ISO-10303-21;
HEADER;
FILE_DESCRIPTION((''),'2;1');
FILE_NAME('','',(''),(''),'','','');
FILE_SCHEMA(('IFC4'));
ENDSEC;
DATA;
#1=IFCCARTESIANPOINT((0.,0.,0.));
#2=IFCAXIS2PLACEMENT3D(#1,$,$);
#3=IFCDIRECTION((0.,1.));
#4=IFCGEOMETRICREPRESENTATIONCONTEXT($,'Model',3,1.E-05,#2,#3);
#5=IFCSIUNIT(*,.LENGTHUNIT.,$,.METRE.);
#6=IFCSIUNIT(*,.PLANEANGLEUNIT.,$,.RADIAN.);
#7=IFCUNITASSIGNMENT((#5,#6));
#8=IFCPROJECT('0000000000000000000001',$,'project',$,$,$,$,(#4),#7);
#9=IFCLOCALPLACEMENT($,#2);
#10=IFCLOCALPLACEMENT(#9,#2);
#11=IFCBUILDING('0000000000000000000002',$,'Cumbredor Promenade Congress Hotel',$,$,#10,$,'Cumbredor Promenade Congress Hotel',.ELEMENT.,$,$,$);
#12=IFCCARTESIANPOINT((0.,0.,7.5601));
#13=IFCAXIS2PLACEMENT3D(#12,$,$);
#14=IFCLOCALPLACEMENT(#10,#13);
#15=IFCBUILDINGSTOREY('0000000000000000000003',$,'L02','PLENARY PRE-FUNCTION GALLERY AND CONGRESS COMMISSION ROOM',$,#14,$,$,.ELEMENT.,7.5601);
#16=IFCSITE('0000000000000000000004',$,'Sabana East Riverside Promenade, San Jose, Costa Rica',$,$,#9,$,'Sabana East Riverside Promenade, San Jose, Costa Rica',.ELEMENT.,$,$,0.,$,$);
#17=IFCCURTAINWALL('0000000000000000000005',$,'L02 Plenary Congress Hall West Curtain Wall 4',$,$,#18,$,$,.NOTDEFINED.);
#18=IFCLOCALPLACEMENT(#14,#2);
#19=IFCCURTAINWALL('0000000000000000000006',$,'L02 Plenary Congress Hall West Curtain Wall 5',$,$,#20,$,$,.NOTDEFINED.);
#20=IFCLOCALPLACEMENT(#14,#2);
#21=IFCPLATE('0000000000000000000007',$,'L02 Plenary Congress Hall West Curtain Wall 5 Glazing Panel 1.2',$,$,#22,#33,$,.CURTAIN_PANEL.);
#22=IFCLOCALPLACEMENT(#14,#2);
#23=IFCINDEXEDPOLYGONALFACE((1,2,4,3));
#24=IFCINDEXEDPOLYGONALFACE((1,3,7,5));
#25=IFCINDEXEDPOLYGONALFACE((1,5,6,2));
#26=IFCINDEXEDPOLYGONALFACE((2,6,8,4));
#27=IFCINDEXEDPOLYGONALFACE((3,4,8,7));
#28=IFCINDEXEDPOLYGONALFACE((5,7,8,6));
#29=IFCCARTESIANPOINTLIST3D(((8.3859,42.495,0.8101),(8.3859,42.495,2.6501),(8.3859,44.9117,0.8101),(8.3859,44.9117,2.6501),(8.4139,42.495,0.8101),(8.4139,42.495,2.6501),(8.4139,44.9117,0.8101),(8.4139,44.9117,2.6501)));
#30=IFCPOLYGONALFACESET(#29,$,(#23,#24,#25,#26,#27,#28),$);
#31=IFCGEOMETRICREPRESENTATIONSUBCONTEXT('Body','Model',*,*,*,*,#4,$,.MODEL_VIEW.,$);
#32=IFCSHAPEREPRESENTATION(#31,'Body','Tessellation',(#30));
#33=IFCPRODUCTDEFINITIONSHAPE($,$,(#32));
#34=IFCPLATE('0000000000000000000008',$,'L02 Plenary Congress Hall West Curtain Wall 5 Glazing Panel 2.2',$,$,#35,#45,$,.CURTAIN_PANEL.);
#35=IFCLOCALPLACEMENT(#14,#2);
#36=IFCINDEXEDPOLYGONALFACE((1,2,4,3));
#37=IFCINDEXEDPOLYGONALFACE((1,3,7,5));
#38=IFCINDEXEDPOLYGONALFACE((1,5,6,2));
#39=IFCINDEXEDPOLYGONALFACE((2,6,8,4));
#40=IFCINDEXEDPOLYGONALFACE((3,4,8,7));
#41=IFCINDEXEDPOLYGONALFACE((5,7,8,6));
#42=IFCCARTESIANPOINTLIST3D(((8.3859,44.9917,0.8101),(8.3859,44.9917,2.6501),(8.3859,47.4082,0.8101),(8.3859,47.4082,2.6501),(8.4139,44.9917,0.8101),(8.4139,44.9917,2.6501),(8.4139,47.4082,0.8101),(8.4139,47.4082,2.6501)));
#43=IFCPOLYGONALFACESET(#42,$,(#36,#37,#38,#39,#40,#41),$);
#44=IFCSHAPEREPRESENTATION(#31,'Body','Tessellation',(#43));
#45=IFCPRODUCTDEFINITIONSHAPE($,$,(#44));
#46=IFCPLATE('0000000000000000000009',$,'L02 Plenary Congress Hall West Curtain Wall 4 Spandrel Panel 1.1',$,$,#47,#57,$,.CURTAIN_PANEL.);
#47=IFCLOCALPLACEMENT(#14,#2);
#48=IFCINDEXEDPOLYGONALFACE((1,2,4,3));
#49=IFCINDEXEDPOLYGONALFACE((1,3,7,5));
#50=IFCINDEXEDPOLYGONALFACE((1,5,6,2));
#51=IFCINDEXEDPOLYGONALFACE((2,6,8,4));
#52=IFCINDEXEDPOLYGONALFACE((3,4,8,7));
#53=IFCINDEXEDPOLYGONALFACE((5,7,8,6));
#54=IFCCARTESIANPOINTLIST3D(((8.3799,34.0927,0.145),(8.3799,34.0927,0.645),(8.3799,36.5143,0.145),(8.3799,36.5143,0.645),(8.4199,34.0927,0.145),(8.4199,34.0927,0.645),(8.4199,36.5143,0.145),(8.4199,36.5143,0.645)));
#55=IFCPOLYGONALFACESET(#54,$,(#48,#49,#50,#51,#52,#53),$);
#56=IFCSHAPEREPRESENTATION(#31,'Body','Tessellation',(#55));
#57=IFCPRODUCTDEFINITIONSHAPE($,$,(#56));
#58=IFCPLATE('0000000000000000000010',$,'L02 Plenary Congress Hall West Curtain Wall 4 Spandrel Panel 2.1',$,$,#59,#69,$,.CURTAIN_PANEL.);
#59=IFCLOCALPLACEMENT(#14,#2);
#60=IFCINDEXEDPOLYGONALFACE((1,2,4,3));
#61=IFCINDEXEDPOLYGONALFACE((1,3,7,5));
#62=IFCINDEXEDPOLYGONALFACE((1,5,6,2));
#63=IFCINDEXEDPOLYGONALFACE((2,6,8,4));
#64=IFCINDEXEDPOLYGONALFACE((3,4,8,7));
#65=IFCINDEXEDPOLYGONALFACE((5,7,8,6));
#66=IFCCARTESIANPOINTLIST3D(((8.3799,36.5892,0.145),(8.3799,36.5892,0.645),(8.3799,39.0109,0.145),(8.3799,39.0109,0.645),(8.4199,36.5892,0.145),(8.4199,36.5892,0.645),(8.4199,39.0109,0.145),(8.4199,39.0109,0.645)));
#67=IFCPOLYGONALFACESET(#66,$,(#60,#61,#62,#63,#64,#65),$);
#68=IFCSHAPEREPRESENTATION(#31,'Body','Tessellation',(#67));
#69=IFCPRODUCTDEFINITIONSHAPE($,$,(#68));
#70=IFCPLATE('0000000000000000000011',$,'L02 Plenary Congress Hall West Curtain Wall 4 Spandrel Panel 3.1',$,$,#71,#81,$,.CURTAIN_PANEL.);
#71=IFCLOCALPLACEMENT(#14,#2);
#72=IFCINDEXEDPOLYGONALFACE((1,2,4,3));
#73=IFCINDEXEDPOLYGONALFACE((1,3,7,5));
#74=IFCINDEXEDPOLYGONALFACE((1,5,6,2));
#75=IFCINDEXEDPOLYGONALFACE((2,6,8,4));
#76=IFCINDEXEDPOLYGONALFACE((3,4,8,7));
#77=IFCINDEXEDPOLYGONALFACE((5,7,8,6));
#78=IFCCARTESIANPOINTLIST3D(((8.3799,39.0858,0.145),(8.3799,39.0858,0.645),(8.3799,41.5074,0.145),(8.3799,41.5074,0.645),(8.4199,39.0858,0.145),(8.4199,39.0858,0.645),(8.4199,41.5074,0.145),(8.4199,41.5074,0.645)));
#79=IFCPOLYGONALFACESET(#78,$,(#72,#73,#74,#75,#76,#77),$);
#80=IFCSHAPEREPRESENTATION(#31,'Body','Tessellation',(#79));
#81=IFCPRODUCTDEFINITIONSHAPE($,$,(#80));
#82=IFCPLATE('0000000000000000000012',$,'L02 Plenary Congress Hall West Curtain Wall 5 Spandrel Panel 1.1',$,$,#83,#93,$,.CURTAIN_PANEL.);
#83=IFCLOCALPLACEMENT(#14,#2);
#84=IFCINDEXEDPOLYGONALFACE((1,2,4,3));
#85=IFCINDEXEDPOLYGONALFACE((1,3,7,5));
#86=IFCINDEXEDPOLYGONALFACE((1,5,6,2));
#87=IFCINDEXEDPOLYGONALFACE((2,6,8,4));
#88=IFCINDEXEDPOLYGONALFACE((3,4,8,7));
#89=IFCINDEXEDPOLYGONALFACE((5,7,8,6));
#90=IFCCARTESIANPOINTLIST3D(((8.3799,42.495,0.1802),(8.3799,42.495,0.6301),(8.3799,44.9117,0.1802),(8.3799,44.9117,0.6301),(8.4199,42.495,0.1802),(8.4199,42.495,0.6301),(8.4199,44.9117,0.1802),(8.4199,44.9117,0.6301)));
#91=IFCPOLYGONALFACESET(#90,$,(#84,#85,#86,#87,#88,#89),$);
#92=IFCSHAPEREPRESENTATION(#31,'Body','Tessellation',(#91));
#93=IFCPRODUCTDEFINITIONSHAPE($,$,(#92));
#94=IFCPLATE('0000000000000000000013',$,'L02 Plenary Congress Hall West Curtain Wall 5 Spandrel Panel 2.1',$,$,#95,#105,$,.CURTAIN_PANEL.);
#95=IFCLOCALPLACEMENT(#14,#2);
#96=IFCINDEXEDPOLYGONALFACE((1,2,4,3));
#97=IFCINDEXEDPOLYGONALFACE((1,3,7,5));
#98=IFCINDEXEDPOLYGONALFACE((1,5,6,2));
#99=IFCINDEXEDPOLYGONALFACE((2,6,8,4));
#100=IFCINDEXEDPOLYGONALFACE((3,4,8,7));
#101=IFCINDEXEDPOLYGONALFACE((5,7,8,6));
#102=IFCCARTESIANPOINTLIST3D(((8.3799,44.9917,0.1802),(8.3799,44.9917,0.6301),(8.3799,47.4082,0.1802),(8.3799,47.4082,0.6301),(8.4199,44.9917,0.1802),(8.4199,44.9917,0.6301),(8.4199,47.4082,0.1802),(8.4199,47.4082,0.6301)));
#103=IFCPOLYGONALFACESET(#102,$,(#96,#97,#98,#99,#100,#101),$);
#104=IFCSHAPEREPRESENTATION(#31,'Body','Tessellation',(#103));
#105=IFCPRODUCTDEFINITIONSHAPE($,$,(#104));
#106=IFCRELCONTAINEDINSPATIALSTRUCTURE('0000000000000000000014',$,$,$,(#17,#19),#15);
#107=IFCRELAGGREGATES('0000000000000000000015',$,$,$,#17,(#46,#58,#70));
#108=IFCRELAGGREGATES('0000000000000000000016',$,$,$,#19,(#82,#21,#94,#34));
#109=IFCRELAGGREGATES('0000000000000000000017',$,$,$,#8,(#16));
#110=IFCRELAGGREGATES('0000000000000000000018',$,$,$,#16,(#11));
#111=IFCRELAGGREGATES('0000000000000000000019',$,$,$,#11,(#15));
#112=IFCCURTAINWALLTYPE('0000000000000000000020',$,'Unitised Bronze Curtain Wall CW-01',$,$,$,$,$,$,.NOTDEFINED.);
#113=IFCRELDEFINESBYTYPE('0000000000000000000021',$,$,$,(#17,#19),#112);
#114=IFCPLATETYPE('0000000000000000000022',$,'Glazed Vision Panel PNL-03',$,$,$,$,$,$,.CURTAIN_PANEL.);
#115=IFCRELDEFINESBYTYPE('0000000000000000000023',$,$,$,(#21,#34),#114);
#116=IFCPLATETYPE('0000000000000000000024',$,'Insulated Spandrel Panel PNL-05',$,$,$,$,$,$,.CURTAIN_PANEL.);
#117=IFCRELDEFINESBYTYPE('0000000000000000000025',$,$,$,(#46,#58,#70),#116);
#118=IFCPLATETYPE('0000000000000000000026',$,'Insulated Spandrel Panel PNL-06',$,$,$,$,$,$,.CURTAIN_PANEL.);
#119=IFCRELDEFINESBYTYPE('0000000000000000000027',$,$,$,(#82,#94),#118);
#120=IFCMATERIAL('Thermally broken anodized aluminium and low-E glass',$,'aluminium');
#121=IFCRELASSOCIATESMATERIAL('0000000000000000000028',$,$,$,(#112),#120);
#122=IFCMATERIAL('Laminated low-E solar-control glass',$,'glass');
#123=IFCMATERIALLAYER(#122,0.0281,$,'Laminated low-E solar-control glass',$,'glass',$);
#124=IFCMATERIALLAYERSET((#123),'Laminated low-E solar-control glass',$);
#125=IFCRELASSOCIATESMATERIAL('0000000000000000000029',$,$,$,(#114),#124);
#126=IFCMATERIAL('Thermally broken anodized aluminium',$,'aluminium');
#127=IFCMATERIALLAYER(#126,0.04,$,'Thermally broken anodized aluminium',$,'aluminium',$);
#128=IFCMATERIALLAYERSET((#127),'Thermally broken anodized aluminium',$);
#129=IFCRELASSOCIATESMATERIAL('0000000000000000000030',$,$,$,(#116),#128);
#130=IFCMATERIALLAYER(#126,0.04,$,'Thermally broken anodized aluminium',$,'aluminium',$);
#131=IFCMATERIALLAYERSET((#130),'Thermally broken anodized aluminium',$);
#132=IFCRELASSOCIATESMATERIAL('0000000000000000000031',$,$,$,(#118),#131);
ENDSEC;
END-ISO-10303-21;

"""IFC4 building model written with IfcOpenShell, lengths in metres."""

from ifc_helpers import new_model, si_unit, direction, frame, origin, origin_2d, place, context, subcontext, project, spatial, rectangle, extrude, material, layer, layer_set, type_object, element, aggregate, save


model = new_model("IFC4")

# Units and contexts
model_context = context("Model", 3, precision=1e-05, world=origin(), true_north=direction((0.0, 1.0)))
body_context = subcontext(model_context, "Body", "Model", "MODEL_VIEW")
ifc_project = project(units=[si_unit("LENGTHUNIT", "METRE"), si_unit("PLANEANGLEUNIT", "RADIAN")], contexts=[model_context])

# Site, building, storey
site_placement = place(None, origin())
site = spatial("IfcSite", under=ifc_project, at=site_placement, Name="Sabana East Riverside Promenade, San Jose, Costa Rica", LongName="Sabana East Riverside Promenade, San Jose, Costa Rica", CompositionType="ELEMENT", RefElevation=0.0)
building_placement = place(site_placement, origin())
building = spatial("IfcBuilding", under=site, at=building_placement, Name="Cumbredor Promenade Congress Hotel", LongName="Cumbredor Promenade Congress Hotel", CompositionType="ELEMENT")
storey_placement = place(building_placement, frame((0.0, 0.0, 7.5601)))
storey = spatial("IfcBuildingStorey", under=building, at=storey_placement, Name="L02", Description="PLENARY PRE-FUNCTION GALLERY AND CONGRESS COMMISSION ROOM", CompositionType="ELEMENT", Elevation=7.5601)

# Curtain walls
ifc_material_1 = material(Name="Thermally broken anodized aluminium and low-E glass", Category="aluminium")
curtain_wall_type = type_object("IfcCurtainWallType", Name="Unitised Bronze Curtain Wall CW-01", PredefinedType="NOTDEFINED", material=ifc_material_1)
curtain_wall_1_placement = place(storey_placement, origin())
curtain_wall_1 = element("IfcCurtainWall", 1, at=curtain_wall_1_placement, inside=storey, type_object=curtain_wall_type, Name="L02 Plenary Congress Hall West Curtain Wall 4", PredefinedType="NOTDEFINED")
ifc_material_2 = material(Name="Thermally broken anodized aluminium", Category="aluminium")
curtain_wall_2_placement = place(storey_placement, origin())
curtain_wall_2 = element("IfcCurtainWall", 2, at=curtain_wall_2_placement, inside=storey, type_object=curtain_wall_type, Name="L02 Plenary Congress Hall West Curtain Wall 5", PredefinedType="NOTDEFINED")

# Plates
ifc_material_3 = material(Name="Laminated low-E solar-control glass", Category="glass")
ifc_layer_1 = layer(ifc_material_3, 0.0281, Name="Laminated low-E solar-control glass", Category="glass")
ifc_layer_set_1 = layer_set([ifc_layer_1], Name="Laminated low-E solar-control glass")
plate_type_1 = type_object("IfcPlateType", Name="Glazed Vision Panel PNL-03", PredefinedType="CURTAIN_PANEL", material=ifc_layer_set_1)
plate_1_placement = place(storey_placement, frame((8.3999, 43.7034, 0.8101), z_axis=(0.0, 0.0, 1.0), x_axis=(0.0, 1.0, 0.0)))
plate_1 = element("IfcPlate", 3, at=plate_1_placement, type_object=plate_type_1, Name="L02 Plenary Congress Hall West Curtain Wall 5 Glazing Panel 1.2", PredefinedType="CURTAIN_PANEL", context=body_context, shape_type="SweptSolid", body=[
    extrude(rectangle(XDim=2.4167, YDim=0.0281, at=origin_2d()), origin(), (0.0, 0.0, 1.0), 1.8401),
])
plate_2_placement = place(storey_placement, frame((8.3999, 46.2, 0.8101), z_axis=(0.0, 0.0, 1.0), x_axis=(0.0, 1.0, 0.0)))
plate_2 = element("IfcPlate", 4, at=plate_2_placement, type_object=plate_type_1, Name="L02 Plenary Congress Hall West Curtain Wall 5 Glazing Panel 2.2", PredefinedType="CURTAIN_PANEL", context=body_context, shape_type="SweptSolid", body=[
    extrude(rectangle(XDim=2.4165, YDim=0.0281, at=origin_2d()), origin(), (0.0, 0.0, 1.0), 1.8401),
])
ifc_layer_2 = layer(ifc_material_2, 0.04, Name="Thermally broken anodized aluminium", Category="aluminium")
ifc_layer_set_2 = layer_set([ifc_layer_2], Name="Thermally broken anodized aluminium")
plate_type_2 = type_object("IfcPlateType", Name="Insulated Spandrel Panel PNL-05", PredefinedType="CURTAIN_PANEL", material=ifc_layer_set_2)
plate_3_placement = place(storey_placement, frame((8.3999, 35.3035, 0.145), z_axis=(0.0, 0.0, 1.0), x_axis=(0.0, 1.0, 0.0)))
plate_3 = element("IfcPlate", 5, at=plate_3_placement, type_object=plate_type_2, Name="L02 Plenary Congress Hall West Curtain Wall 4 Spandrel Panel 1.1", PredefinedType="CURTAIN_PANEL", context=body_context, shape_type="SweptSolid", body=[
    extrude(rectangle(XDim=2.4216, YDim=0.04, at=origin_2d()), origin(), (0.0, 0.0, 1.0), 0.5),
])
plate_4_placement = place(storey_placement, frame((8.3999, 37.8, 0.145), z_axis=(0.0, 0.0, 1.0), x_axis=(0.0, 1.0, 0.0)))
plate_4 = element("IfcPlate", 6, at=plate_4_placement, type_object=plate_type_2, Name="L02 Plenary Congress Hall West Curtain Wall 4 Spandrel Panel 2.1", PredefinedType="CURTAIN_PANEL", context=body_context, shape_type="SweptSolid", body=[
    extrude(rectangle(XDim=2.4216, YDim=0.04, at=origin_2d()), origin(), (0.0, 0.0, 1.0), 0.5),
])
plate_5_placement = place(storey_placement, frame((8.3999, 40.2966, 0.145), z_axis=(0.0, 0.0, 1.0), x_axis=(0.0, 1.0, 0.0)))
plate_5 = element("IfcPlate", 7, at=plate_5_placement, type_object=plate_type_2, Name="L02 Plenary Congress Hall West Curtain Wall 4 Spandrel Panel 3.1", PredefinedType="CURTAIN_PANEL", context=body_context, shape_type="SweptSolid", body=[
    extrude(rectangle(XDim=2.4216, YDim=0.04, at=origin_2d()), origin(), (0.0, 0.0, 1.0), 0.5),
])
aggregate(curtain_wall_1, [plate_3, plate_4, plate_5])
ifc_layer_3 = layer(ifc_material_2, 0.04, Name="Thermally broken anodized aluminium", Category="aluminium")
ifc_layer_set_3 = layer_set([ifc_layer_3], Name="Thermally broken anodized aluminium")
plate_type_3 = type_object("IfcPlateType", Name="Insulated Spandrel Panel PNL-06", PredefinedType="CURTAIN_PANEL", material=ifc_layer_set_3)
plate_6_placement = place(storey_placement, frame((8.3999, 43.7034, 0.1802), z_axis=(0.0, 0.0, 1.0), x_axis=(0.0, 1.0, 0.0)))
plate_6 = element("IfcPlate", 8, at=plate_6_placement, type_object=plate_type_3, Name="L02 Plenary Congress Hall West Curtain Wall 5 Spandrel Panel 1.1", PredefinedType="CURTAIN_PANEL", context=body_context, shape_type="SweptSolid", body=[
    extrude(rectangle(XDim=2.4167, YDim=0.04, at=origin_2d()), origin(), (0.0, 0.0, 1.0), 0.45),
])
plate_7_placement = place(storey_placement, frame((8.3999, 46.2, 0.1802), z_axis=(0.0, 0.0, 1.0), x_axis=(0.0, 1.0, 0.0)))
plate_7 = element("IfcPlate", 9, at=plate_7_placement, type_object=plate_type_3, Name="L02 Plenary Congress Hall West Curtain Wall 5 Spandrel Panel 2.1", PredefinedType="CURTAIN_PANEL", context=body_context, shape_type="SweptSolid", body=[
    extrude(rectangle(XDim=2.4165, YDim=0.04, at=origin_2d()), origin(), (0.0, 0.0, 1.0), 0.45),
])
aggregate(curtain_wall_2, [plate_6, plate_1, plate_7, plate_2])

save(model, "model.ifc")
